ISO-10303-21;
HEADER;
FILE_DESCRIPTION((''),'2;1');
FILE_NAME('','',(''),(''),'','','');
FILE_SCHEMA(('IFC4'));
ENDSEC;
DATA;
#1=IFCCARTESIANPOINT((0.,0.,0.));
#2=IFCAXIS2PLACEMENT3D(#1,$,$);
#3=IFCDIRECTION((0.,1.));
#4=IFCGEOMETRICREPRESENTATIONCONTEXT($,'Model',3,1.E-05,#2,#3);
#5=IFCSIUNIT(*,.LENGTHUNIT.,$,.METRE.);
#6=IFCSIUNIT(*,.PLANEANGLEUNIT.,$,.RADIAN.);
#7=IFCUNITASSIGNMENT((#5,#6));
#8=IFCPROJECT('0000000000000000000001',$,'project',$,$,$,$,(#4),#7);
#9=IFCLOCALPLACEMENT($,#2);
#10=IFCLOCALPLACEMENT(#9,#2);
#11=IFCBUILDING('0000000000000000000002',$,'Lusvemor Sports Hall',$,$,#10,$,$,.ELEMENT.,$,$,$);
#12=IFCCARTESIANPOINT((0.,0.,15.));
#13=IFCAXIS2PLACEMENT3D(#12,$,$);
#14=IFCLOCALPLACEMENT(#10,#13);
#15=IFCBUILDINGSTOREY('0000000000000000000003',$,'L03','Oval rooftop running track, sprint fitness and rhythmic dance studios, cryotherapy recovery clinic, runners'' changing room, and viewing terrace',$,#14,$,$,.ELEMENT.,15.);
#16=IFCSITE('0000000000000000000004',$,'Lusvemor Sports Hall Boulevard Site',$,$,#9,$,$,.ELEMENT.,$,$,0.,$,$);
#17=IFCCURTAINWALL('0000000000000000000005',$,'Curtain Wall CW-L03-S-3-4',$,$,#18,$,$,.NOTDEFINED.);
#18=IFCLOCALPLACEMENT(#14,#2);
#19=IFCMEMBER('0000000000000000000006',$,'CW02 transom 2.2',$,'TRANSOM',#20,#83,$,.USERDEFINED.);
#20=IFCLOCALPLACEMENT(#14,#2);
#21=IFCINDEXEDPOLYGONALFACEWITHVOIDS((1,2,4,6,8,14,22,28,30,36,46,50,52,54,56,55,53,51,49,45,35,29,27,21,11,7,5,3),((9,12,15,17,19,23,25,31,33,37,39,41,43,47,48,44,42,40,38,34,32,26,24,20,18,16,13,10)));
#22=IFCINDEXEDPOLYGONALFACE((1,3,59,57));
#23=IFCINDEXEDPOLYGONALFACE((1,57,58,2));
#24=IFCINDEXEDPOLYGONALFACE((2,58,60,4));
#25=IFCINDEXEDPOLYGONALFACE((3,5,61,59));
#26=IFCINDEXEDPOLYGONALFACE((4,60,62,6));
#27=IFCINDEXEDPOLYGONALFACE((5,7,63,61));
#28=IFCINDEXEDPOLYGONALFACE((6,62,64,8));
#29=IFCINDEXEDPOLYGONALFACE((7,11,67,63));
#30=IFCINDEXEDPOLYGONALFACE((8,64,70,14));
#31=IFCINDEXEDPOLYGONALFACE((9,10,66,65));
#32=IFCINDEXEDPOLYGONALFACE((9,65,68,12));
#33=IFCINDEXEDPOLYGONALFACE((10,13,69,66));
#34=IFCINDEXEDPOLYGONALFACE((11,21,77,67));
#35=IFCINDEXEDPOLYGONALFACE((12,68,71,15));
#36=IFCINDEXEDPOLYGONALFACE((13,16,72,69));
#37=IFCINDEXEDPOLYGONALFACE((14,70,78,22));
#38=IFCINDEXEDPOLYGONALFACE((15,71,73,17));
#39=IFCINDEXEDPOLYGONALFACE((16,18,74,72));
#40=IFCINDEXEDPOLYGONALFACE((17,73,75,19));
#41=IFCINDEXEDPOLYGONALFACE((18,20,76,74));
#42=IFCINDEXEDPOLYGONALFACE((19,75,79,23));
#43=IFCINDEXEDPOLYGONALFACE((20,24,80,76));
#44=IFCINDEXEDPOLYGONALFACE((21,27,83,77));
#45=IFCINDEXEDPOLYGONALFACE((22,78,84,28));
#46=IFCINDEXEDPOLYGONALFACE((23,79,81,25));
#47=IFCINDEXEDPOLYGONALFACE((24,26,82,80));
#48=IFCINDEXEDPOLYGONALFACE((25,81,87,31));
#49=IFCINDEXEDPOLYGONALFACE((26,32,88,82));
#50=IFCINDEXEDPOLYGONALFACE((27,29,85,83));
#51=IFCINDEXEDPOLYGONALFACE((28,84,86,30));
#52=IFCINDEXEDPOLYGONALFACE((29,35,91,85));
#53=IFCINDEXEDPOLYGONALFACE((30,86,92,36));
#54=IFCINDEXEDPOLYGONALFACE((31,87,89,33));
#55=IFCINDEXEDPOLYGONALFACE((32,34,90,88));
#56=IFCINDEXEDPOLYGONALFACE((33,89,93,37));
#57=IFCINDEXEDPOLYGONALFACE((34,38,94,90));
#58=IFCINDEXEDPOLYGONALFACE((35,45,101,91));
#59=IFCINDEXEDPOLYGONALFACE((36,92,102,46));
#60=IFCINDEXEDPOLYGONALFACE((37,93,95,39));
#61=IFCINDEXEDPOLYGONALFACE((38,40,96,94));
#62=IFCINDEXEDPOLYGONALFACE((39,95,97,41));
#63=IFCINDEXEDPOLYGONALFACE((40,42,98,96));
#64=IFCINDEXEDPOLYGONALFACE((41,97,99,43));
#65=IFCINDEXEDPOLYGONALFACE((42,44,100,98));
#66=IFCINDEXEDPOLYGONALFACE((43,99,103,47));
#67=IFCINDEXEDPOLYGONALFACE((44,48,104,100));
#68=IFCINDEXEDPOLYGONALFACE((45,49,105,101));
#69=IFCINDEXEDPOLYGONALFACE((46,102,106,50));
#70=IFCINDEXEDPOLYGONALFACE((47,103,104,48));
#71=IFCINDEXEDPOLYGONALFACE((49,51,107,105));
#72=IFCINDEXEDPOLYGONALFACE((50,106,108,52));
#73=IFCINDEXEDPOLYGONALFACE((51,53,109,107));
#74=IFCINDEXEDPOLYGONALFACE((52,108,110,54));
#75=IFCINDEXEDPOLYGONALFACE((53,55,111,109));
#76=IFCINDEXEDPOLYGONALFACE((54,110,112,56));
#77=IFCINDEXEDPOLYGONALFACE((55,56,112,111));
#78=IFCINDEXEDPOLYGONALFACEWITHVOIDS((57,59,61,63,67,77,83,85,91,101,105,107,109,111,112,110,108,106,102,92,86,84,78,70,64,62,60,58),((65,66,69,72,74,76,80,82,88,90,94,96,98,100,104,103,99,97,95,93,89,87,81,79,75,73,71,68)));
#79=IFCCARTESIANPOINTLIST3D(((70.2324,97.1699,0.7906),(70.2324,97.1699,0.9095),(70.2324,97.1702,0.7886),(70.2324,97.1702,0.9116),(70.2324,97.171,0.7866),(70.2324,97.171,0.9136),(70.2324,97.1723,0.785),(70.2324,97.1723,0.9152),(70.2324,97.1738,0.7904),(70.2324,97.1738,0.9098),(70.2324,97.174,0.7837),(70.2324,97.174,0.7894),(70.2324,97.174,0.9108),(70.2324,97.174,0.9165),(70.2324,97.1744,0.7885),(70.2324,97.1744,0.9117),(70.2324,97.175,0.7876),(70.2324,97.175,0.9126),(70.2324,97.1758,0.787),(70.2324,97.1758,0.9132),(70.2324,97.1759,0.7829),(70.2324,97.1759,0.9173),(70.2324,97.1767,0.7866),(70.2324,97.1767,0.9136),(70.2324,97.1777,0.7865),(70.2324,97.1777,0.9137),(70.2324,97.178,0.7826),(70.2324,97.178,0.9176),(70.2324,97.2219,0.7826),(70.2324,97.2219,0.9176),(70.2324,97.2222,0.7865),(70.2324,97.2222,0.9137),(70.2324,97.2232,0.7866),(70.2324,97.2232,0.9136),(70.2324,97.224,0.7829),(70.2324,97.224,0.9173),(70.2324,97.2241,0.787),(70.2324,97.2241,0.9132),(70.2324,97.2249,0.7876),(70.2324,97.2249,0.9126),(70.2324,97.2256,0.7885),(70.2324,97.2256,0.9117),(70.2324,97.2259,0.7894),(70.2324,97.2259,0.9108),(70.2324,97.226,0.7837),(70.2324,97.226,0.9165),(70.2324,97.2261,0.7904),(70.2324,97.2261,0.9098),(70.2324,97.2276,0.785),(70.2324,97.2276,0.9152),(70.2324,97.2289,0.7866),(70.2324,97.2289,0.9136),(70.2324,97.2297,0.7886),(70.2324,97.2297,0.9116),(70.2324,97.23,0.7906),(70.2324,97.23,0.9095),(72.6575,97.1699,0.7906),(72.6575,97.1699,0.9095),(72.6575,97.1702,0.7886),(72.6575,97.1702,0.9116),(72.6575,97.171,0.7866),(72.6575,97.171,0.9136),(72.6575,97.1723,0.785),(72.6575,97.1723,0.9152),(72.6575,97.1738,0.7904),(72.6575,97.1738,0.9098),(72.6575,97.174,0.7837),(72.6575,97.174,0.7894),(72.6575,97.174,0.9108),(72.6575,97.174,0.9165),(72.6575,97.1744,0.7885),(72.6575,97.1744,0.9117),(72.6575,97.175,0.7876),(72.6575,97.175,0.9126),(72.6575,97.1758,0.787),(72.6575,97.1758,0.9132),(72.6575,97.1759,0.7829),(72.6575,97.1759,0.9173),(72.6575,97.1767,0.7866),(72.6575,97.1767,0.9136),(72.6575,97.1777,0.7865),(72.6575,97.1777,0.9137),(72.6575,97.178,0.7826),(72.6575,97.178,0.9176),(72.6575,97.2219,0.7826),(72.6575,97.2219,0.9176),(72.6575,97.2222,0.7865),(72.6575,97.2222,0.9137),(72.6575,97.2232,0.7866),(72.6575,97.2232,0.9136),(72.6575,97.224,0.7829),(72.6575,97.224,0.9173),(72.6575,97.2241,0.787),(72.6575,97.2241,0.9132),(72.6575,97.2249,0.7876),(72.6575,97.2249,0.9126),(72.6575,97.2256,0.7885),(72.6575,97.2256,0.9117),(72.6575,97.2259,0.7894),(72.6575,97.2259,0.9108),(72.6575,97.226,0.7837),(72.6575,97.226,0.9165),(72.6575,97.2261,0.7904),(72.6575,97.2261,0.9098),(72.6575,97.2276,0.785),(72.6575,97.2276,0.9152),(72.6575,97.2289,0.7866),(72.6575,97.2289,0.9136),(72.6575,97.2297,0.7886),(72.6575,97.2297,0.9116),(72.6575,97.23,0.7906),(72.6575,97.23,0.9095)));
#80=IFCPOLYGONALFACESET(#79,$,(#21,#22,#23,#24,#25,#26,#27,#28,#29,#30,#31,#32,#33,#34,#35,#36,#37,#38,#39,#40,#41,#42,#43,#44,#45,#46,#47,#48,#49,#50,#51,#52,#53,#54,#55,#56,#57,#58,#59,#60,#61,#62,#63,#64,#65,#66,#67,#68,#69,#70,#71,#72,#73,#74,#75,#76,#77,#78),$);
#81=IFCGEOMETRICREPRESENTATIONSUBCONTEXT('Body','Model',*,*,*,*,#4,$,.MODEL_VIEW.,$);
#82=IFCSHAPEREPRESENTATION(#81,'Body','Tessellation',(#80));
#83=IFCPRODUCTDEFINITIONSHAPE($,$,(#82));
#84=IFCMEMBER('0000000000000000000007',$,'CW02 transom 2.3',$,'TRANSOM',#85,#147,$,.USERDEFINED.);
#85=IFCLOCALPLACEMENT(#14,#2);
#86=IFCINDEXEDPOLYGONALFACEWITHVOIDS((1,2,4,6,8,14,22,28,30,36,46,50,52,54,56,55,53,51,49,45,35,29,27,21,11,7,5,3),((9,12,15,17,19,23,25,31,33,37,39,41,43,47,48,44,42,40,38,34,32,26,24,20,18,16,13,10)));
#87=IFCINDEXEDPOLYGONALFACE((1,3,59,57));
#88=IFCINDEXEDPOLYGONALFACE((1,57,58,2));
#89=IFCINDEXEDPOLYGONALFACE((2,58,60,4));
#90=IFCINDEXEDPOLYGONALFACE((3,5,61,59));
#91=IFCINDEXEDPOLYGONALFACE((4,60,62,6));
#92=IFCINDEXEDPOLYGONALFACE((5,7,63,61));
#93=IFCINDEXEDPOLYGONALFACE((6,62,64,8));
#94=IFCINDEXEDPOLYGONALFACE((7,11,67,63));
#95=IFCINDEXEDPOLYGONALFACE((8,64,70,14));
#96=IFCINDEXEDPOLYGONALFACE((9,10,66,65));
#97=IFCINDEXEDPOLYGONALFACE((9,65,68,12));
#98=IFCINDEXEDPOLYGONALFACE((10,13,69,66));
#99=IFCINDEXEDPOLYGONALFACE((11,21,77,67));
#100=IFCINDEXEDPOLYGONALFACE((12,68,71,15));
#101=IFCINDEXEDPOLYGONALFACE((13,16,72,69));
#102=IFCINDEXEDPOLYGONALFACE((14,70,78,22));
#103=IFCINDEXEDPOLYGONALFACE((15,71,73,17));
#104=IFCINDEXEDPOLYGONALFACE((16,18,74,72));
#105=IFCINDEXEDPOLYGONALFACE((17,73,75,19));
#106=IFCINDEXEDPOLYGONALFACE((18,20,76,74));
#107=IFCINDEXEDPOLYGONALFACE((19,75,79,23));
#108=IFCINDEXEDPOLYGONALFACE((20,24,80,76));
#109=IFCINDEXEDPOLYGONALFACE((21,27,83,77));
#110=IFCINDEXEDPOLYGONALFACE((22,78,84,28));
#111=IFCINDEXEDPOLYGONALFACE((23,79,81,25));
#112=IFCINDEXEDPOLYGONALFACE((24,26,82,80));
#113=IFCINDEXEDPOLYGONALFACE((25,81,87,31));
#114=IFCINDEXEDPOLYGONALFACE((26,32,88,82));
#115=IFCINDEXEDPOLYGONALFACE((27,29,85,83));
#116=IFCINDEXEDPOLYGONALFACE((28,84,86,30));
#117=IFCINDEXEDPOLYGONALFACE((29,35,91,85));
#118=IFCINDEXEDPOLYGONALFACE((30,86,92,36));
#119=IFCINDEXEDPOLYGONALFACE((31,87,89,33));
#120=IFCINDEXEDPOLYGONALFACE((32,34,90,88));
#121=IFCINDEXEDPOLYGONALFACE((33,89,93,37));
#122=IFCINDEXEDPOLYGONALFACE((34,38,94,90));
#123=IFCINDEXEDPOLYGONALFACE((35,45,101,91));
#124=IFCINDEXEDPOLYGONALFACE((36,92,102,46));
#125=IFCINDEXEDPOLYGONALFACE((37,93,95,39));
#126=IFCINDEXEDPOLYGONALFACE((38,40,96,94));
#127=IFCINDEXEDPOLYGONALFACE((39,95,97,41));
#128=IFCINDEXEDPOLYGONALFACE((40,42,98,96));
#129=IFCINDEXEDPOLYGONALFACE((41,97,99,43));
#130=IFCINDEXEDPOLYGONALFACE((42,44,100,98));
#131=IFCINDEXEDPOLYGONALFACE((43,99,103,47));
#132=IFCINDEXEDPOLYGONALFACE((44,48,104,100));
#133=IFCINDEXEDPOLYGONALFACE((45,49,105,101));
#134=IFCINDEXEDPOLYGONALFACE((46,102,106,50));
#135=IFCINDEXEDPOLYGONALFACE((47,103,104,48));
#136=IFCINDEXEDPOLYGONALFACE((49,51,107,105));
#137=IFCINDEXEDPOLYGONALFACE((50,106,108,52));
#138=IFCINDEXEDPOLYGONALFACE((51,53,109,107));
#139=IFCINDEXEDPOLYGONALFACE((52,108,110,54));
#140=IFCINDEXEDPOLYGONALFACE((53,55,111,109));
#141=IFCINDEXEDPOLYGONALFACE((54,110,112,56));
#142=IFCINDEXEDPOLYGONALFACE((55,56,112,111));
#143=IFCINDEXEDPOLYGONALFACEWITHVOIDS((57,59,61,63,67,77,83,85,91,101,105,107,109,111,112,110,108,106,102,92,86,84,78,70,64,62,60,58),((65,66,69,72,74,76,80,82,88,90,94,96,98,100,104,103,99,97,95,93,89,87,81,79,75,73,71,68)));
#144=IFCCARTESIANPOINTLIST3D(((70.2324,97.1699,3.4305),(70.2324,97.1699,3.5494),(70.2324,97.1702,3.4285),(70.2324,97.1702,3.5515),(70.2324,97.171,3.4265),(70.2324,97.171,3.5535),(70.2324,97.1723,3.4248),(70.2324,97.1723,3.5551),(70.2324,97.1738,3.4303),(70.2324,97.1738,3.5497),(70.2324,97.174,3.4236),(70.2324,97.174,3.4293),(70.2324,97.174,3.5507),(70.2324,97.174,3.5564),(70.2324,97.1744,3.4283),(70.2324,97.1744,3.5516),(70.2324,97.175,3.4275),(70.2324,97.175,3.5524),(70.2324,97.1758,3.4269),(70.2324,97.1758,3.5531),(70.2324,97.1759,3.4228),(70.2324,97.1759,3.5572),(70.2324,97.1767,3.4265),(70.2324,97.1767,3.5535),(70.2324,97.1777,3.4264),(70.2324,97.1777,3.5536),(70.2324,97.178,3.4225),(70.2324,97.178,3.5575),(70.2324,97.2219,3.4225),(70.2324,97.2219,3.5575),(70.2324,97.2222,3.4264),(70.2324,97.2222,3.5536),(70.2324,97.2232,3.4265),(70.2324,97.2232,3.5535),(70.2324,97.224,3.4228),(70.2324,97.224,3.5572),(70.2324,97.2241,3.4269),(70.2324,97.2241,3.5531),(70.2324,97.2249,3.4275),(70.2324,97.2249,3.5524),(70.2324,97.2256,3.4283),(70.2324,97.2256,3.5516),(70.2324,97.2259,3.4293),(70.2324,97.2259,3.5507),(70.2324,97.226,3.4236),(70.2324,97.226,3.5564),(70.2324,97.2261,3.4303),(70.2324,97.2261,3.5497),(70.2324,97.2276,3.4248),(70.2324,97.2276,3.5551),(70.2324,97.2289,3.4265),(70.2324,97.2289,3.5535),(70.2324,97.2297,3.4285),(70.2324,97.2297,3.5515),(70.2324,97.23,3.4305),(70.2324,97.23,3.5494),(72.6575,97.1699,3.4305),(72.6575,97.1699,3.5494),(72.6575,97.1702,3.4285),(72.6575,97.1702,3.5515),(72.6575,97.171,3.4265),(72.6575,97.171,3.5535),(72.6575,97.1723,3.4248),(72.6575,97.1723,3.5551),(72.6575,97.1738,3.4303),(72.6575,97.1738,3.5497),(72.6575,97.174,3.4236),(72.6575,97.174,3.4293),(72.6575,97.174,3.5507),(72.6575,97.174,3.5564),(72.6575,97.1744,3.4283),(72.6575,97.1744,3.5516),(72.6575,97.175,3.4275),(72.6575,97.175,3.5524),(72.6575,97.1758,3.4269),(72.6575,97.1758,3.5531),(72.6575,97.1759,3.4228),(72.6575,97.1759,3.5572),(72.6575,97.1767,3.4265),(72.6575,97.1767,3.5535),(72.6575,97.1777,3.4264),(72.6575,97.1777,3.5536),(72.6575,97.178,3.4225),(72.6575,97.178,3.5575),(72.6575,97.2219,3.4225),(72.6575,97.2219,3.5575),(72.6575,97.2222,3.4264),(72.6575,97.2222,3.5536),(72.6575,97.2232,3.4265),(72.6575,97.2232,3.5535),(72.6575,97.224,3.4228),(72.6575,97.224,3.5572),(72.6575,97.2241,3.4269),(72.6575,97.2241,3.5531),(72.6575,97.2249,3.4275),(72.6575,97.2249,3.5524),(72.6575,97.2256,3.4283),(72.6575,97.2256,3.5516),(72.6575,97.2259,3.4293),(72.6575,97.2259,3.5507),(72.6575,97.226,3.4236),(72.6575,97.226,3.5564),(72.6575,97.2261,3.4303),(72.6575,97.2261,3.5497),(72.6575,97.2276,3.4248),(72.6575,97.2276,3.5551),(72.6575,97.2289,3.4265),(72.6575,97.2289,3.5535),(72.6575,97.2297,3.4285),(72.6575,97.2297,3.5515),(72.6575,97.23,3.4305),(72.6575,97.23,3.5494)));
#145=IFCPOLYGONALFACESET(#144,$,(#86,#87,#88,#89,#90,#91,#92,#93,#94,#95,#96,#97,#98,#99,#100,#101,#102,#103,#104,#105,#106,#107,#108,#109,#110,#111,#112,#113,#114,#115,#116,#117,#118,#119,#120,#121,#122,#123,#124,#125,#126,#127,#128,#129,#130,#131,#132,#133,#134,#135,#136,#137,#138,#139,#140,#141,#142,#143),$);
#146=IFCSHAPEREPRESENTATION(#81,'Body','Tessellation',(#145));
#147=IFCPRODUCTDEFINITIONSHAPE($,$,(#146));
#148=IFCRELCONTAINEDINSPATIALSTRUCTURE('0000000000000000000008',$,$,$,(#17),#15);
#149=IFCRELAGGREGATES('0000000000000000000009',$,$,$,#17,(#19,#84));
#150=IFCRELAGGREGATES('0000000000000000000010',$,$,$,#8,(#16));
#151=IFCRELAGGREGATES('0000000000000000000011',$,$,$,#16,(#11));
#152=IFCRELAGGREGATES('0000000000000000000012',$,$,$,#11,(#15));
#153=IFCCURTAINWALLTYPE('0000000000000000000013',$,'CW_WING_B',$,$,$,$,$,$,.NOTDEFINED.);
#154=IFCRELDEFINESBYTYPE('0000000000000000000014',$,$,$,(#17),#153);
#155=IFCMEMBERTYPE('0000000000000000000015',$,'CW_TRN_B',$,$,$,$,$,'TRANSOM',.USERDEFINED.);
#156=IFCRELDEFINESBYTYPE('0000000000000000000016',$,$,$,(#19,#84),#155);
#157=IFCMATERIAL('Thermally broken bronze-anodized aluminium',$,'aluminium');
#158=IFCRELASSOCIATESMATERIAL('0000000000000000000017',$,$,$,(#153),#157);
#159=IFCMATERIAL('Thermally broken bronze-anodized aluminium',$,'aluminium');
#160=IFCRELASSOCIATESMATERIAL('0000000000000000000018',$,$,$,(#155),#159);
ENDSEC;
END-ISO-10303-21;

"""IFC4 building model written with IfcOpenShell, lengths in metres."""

from ifc_helpers import new_model, si_unit, direction, frame, origin, origin_2d, place, context, subcontext, project, spatial, hollow_rectangle, extrude, material, material_profile, profile_set, type_object, element, aggregate, save


model = new_model("IFC4")

# Units and contexts
model_context = context("Model", 3, precision=1e-05, world=origin(), true_north=direction((0.0, 1.0)))
body_context = subcontext(model_context, "Body", "Model", "MODEL_VIEW")
ifc_project = project(units=[si_unit("LENGTHUNIT", "METRE"), si_unit("PLANEANGLEUNIT", "RADIAN")], contexts=[model_context])

# Site, building, storey
site_placement = place(None, origin())
site = spatial("IfcSite", under=ifc_project, at=site_placement, Name="Lusvemor Sports Hall Boulevard Site", CompositionType="ELEMENT", RefElevation=0.0)
building_placement = place(site_placement, origin())
building = spatial("IfcBuilding", under=site, at=building_placement, Name="Lusvemor Sports Hall", CompositionType="ELEMENT")
storey_placement = place(building_placement, frame((0.0, 0.0, 15.0)))
storey = spatial("IfcBuildingStorey", under=building, at=storey_placement, Name="L03", Description="Oval rooftop running track, sprint fitness and rhythmic dance studios, cryotherapy recovery clinic, runners' changing room, and viewing terrace", CompositionType="ELEMENT", Elevation=15.0)

# Curtain wall, members
ifc_material_1 = material(Name="Thermally broken bronze-anodized aluminium", Category="aluminium")
curtain_wall_type = type_object("IfcCurtainWallType", Name="CW_WING_B", PredefinedType="NOTDEFINED", material=ifc_material_1)
curtain_wall_placement = place(storey_placement, origin())
curtain_wall = element("IfcCurtainWall", 1, at=curtain_wall_placement, inside=storey, type_object=curtain_wall_type, Name="Curtain Wall CW-L03-S-3-4", PredefinedType="NOTDEFINED")
ifc_material_2 = material(Name="Thermally broken bronze-anodized aluminium", Category="aluminium")
ifc_material_profile_1 = material_profile(ifc_material_2, hollow_rectangle(XDim=0.0601, YDim=0.135, WallThickness=0.0039, InnerFilletRadius=0.0039, OuterFilletRadius=0.0081, at=origin_2d()), Name="CWTRN135x60x4")
ifc_profile_set_1 = profile_set([ifc_material_profile_1], Name="Thermally broken bronze-anodized aluminium")
member_type_1 = type_object("IfcMemberType", Name="CW_TRN_B", ElementType="TRANSOM", PredefinedType="USERDEFINED", material=ifc_profile_set_1)
member_1_placement = place(storey_placement, frame((72.6575, 97.2, 0.8501), z_axis=(-1.0, 0.0, 0.0), x_axis=(0.0, -1.0, 0.0)))
member_1 = element("IfcMember", 2, at=member_1_placement, type_object=member_type_1, Name="CW02 transom 2.2", ObjectType="TRANSOM", PredefinedType="USERDEFINED", context=body_context, shape_type="SweptSolid", body=[
    extrude(hollow_rectangle(XDim=0.0601, YDim=0.135, WallThickness=0.0039, InnerFilletRadius=0.0039, OuterFilletRadius=0.0081, at=origin_2d()), origin(), (0.0, 0.0, 1.0), 2.425),
])
member_2_placement = place(storey_placement, frame((72.6575, 97.2, 3.49), z_axis=(-1.0, 0.0, 0.0), x_axis=(0.0, -1.0, 0.0)))
member_2 = element("IfcMember", 3, at=member_2_placement, type_object=member_type_1, Name="CW02 transom 2.3", ObjectType="TRANSOM", PredefinedType="USERDEFINED", context=body_context, shape_type="SweptSolid", body=[
    extrude(hollow_rectangle(XDim=0.0601, YDim=0.135, WallThickness=0.0039, InnerFilletRadius=0.0039, OuterFilletRadius=0.0081, at=origin_2d()), origin(), (0.0, 0.0, 1.0), 2.425),
])

aggregate(curtain_wall, [member_1, member_2])

save(model, "model.ifc")
